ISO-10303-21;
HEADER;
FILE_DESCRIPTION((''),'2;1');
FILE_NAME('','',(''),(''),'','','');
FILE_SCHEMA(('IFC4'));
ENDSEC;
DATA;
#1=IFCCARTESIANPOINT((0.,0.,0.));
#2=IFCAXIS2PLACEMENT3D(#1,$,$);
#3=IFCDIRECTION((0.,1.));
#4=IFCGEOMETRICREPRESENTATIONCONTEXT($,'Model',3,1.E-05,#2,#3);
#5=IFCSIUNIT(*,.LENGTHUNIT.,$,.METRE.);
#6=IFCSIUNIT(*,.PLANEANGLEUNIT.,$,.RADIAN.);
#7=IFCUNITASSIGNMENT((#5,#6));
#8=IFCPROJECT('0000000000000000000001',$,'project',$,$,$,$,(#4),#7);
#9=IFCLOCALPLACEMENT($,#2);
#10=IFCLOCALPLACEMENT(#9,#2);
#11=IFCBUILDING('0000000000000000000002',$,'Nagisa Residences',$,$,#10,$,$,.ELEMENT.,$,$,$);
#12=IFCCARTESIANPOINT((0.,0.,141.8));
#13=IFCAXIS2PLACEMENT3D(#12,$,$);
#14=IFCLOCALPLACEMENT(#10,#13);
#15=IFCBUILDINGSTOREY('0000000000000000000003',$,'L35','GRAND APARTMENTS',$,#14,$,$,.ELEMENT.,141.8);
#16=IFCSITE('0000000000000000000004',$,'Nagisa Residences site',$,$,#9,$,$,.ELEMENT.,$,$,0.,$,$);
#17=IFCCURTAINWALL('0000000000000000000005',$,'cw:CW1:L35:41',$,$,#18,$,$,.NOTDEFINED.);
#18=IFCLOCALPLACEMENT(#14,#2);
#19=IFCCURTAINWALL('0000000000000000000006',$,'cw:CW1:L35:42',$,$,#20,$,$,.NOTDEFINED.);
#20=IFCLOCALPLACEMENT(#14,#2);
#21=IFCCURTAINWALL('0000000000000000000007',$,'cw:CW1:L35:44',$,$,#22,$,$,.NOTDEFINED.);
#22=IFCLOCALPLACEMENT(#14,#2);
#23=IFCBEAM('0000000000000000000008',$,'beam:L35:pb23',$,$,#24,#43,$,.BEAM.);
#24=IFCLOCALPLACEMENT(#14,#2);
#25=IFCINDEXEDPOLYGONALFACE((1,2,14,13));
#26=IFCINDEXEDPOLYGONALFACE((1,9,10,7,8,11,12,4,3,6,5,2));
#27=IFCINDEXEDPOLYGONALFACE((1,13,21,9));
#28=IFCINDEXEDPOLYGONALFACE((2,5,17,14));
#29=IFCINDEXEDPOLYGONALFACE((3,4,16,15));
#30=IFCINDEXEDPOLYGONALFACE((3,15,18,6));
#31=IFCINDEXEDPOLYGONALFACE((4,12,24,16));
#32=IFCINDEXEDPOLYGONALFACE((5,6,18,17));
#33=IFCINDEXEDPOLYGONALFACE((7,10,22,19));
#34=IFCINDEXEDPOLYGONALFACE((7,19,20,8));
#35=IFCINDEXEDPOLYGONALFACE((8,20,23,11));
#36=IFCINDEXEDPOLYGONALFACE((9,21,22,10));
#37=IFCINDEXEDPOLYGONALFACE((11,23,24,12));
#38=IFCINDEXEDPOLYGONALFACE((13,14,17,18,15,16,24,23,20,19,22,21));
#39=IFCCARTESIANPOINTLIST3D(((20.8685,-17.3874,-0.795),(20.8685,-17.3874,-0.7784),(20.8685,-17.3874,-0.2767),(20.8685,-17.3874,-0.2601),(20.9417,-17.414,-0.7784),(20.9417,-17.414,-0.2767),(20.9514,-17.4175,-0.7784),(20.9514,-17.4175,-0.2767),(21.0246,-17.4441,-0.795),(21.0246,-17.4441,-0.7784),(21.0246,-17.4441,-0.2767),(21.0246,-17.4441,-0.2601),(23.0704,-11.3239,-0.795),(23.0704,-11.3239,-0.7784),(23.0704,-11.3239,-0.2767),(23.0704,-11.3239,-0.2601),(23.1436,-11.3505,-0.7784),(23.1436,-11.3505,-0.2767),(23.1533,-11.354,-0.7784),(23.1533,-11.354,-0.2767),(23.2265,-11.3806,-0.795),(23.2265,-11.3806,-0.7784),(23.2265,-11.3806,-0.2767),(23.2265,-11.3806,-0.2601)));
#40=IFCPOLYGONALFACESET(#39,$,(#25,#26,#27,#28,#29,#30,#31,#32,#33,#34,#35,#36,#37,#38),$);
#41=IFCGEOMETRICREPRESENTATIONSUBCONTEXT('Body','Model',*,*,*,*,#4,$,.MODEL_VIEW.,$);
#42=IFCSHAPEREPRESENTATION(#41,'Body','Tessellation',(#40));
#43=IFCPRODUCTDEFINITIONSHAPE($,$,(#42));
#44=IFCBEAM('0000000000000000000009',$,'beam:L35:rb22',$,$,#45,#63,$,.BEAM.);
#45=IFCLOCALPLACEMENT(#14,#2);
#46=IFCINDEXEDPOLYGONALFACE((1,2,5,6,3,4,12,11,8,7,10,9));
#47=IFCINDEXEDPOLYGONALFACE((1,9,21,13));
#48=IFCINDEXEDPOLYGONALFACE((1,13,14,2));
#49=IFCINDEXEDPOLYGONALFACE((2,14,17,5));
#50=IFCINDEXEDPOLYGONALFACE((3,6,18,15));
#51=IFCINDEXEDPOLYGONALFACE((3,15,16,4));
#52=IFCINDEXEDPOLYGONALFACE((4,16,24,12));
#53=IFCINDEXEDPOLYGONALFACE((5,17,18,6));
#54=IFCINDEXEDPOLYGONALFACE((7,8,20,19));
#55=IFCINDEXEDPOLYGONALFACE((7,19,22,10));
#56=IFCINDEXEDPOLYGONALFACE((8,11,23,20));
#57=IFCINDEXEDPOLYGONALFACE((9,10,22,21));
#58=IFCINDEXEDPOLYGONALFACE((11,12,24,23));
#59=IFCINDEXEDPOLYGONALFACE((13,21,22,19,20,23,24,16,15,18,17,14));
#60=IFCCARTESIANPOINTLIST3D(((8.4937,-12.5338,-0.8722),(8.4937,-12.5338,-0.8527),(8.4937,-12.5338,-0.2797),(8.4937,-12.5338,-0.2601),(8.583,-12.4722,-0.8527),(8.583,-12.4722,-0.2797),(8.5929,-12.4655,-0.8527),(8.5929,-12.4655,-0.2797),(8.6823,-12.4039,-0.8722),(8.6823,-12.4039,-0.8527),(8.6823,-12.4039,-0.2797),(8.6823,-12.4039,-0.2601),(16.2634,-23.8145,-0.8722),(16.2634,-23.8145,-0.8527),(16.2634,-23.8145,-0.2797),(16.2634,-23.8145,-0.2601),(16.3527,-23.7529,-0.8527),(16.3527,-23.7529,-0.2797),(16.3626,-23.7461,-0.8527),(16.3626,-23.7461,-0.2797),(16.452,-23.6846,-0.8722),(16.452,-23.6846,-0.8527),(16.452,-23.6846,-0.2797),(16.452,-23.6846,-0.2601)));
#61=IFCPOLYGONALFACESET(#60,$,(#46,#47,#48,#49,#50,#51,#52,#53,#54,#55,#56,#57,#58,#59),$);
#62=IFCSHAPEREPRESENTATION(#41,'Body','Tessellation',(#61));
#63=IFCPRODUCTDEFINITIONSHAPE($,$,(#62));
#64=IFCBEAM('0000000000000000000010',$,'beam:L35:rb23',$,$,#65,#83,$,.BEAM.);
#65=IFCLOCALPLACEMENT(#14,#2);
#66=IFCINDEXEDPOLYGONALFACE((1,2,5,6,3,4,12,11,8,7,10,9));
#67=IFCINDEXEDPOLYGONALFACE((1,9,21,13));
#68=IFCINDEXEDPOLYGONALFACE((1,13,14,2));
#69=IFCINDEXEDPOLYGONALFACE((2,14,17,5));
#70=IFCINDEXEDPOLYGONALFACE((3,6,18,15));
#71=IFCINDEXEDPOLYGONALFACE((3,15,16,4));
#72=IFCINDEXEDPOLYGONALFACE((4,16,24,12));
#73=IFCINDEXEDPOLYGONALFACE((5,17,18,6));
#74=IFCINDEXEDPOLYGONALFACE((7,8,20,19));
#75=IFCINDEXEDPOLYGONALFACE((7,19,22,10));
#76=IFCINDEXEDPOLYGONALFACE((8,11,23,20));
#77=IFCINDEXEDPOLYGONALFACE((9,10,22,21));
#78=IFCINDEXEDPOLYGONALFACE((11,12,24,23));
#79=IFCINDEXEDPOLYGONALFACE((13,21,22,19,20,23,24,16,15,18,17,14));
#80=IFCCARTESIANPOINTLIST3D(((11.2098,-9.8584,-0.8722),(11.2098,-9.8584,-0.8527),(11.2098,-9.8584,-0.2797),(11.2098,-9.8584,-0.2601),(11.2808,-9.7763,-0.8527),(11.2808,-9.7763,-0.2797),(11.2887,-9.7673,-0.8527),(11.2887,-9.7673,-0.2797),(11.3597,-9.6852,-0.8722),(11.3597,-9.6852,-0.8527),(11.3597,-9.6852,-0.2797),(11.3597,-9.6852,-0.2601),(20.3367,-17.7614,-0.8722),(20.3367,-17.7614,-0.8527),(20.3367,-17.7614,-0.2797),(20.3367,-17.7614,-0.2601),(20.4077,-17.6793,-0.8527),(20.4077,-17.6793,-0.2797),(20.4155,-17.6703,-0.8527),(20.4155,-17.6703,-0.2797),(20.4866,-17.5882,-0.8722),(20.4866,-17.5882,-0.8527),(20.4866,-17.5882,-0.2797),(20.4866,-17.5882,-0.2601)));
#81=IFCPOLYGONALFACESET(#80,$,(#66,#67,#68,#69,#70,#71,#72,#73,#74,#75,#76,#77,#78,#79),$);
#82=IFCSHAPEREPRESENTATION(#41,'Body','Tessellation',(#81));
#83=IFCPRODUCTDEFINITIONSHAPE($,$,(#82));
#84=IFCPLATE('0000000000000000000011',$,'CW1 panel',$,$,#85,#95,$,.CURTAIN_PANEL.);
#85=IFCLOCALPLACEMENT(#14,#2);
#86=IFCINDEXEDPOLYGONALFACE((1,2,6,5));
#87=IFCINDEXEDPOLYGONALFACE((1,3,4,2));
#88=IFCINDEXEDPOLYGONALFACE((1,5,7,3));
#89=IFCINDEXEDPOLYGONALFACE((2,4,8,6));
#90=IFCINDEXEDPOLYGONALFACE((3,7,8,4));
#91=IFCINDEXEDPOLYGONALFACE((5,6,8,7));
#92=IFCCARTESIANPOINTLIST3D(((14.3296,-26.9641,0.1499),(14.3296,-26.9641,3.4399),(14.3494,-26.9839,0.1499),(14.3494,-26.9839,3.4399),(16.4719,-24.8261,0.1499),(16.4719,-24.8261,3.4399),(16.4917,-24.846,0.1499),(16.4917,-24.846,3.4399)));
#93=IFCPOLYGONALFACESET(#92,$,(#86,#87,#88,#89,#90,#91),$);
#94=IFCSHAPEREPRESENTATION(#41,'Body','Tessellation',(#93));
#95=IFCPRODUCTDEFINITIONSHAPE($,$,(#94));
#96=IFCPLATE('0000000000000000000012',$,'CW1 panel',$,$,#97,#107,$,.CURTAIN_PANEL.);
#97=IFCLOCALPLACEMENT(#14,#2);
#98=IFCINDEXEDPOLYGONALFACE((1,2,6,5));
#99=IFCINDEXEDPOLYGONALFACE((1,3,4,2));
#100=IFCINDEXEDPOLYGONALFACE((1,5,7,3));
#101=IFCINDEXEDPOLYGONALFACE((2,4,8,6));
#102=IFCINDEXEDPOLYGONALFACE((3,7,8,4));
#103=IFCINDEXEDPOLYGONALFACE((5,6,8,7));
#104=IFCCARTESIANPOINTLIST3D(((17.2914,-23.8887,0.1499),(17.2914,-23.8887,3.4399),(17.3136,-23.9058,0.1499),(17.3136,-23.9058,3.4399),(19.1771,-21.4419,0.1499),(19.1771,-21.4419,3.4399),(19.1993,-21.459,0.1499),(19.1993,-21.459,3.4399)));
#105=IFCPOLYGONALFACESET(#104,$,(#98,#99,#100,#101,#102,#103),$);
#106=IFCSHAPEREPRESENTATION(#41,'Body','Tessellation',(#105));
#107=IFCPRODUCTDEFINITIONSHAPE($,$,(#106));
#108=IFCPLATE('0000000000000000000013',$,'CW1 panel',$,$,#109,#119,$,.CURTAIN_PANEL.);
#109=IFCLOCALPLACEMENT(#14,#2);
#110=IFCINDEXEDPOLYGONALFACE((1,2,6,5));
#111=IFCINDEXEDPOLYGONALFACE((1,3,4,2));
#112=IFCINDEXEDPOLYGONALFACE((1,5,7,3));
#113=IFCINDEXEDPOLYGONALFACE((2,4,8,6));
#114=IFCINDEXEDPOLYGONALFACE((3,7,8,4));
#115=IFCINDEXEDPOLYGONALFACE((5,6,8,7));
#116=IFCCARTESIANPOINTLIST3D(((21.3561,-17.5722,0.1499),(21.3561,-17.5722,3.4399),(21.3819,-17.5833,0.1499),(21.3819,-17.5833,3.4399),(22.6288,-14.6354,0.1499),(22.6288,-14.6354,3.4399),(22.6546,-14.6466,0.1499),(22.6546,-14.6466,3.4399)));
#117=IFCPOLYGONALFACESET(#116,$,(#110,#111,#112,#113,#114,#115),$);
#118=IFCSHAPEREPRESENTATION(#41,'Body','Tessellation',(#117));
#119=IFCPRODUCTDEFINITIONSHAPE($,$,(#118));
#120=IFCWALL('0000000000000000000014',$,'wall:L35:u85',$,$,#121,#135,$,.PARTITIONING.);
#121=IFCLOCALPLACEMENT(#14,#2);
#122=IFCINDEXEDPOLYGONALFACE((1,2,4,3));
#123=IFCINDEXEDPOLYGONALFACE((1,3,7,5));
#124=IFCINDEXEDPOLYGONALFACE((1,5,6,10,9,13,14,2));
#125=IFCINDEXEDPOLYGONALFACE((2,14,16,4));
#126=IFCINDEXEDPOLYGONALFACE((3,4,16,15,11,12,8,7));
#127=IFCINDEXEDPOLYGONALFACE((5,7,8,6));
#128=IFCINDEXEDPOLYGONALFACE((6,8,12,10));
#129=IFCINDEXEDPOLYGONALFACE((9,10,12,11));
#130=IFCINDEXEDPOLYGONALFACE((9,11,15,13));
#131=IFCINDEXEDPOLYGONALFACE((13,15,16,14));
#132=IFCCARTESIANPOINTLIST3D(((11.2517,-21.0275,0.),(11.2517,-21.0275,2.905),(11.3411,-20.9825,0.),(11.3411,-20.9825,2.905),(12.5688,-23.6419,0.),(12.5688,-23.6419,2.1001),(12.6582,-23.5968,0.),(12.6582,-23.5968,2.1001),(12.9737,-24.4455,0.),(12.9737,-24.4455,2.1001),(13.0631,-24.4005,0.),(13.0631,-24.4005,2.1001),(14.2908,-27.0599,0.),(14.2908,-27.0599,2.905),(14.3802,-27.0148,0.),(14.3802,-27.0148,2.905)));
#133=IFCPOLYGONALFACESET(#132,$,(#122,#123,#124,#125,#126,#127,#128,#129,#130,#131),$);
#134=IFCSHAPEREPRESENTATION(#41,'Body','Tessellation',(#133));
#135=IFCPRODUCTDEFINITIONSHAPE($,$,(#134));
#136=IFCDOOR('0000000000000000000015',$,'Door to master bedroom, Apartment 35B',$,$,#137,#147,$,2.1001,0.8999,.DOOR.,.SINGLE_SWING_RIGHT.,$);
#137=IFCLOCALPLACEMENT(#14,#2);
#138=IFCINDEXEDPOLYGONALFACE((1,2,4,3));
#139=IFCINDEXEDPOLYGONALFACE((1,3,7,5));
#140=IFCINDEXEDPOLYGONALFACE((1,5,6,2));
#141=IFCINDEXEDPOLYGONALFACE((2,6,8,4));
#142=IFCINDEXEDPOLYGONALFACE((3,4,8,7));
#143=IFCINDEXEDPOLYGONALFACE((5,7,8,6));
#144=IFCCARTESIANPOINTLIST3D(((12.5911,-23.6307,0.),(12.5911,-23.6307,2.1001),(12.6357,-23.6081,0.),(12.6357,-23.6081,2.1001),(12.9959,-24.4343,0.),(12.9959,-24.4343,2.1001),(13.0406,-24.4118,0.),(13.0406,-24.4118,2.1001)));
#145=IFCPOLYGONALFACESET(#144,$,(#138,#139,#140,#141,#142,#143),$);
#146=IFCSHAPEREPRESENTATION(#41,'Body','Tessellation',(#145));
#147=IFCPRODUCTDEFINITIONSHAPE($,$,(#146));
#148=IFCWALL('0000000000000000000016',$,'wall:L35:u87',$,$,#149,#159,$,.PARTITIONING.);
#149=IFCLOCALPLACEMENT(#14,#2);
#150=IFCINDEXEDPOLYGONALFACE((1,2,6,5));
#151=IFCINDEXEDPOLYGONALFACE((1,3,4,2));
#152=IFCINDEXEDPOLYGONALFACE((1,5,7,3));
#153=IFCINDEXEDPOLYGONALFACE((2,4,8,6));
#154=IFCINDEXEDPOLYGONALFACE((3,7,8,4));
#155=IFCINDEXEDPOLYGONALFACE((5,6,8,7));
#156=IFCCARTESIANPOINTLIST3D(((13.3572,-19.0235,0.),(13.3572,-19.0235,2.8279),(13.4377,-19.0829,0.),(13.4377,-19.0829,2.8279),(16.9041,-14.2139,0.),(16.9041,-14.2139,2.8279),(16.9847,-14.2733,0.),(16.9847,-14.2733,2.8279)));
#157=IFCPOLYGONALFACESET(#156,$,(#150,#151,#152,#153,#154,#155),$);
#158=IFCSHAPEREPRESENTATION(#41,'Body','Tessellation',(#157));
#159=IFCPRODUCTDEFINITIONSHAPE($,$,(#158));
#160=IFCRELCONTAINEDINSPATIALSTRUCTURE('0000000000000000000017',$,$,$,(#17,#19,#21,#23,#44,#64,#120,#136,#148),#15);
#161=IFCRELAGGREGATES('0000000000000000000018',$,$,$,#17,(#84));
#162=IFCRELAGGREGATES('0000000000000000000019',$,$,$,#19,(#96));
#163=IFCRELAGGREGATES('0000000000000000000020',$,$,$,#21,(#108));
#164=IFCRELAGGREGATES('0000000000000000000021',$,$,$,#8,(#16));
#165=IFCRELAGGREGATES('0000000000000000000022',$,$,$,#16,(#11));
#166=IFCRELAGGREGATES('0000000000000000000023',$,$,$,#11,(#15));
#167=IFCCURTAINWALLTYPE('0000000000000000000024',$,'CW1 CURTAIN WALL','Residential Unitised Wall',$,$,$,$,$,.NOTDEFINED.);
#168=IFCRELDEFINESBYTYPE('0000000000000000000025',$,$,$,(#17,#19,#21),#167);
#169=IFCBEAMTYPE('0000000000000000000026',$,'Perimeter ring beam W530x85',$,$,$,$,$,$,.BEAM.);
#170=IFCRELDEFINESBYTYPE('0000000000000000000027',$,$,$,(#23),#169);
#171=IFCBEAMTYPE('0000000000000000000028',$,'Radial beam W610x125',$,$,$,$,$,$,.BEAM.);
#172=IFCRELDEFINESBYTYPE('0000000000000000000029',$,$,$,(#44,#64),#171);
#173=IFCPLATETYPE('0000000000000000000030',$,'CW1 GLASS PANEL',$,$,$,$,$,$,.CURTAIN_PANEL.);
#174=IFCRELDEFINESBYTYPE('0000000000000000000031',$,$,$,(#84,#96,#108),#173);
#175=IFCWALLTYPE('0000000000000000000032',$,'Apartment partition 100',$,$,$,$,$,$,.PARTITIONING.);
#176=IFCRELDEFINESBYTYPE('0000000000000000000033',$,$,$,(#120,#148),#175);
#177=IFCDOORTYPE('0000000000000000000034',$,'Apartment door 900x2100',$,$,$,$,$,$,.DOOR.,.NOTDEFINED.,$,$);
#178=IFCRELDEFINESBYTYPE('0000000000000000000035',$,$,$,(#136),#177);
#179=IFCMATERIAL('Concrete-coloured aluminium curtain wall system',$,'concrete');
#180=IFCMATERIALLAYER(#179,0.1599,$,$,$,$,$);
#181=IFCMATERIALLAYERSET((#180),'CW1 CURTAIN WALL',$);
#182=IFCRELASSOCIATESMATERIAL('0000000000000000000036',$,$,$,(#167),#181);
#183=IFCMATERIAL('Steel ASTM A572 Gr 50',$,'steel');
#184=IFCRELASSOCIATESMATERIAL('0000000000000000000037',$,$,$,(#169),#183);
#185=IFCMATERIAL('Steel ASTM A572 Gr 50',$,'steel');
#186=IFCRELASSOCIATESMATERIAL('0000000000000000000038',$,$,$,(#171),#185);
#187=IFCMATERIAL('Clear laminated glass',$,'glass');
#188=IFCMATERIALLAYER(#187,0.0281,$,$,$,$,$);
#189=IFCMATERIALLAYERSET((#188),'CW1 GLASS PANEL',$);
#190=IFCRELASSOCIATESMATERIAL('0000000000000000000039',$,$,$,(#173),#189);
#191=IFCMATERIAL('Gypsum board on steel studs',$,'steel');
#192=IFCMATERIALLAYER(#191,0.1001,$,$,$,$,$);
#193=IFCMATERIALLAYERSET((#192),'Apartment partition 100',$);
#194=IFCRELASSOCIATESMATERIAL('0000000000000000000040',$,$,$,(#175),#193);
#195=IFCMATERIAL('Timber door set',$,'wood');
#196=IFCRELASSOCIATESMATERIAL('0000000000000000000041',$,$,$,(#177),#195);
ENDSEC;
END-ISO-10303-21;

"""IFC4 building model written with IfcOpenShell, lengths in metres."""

from ifc_helpers import new_model, si_unit, direction, frame, frame_2d, origin, origin_2d, place, context, subcontext, project, spatial, rectangle, i_section, extrude, material, layer, layer_set, material_profile, profile_set, type_object, element, fill, aggregate, save


model = new_model("IFC4")

# Units and contexts
model_context = context("Model", 3, precision=1e-05, world=origin(), true_north=direction((0.0, 1.0)))
body_context = subcontext(model_context, "Body", "Model", "MODEL_VIEW")
ifc_project = project(units=[si_unit("LENGTHUNIT", "METRE"), si_unit("PLANEANGLEUNIT", "RADIAN")], contexts=[model_context])

# Site, building, storey
site_placement = place(None, origin())
site = spatial("IfcSite", under=ifc_project, at=site_placement, Name="Nagisa Residences site", CompositionType="ELEMENT", RefElevation=0.0)
building_placement = place(site_placement, origin())
building = spatial("IfcBuilding", under=site, at=building_placement, Name="Nagisa Residences", CompositionType="ELEMENT")
storey_placement = place(building_placement, frame((0.0, 0.0, 141.8)))
storey = spatial("IfcBuildingStorey", under=building, at=storey_placement, Name="L35", Description="GRAND APARTMENTS", CompositionType="ELEMENT", Elevation=141.8)

# Curtain walls
ifc_material_1 = material(Name="Concrete-coloured aluminium curtain wall system", Category="concrete")
ifc_layer_1 = layer(ifc_material_1, 0.1599)
ifc_layer_set_1 = layer_set([ifc_layer_1], Name="CW1 CURTAIN WALL")
curtain_wall_type = type_object("IfcCurtainWallType", Name="CW1 CURTAIN WALL", Description="Residential Unitised Wall", PredefinedType="NOTDEFINED", material=ifc_layer_set_1)
curtain_wall_1_placement = place(storey_placement, origin())
curtain_wall_1 = element("IfcCurtainWall", 1, at=curtain_wall_1_placement, inside=storey, type_object=curtain_wall_type, Name="cw:CW1:L35:41", PredefinedType="NOTDEFINED")
curtain_wall_2_placement = place(storey_placement, origin())
curtain_wall_2 = element("IfcCurtainWall", 2, at=curtain_wall_2_placement, inside=storey, type_object=curtain_wall_type, Name="cw:CW1:L35:42", PredefinedType="NOTDEFINED")
curtain_wall_3_placement = place(storey_placement, origin())
curtain_wall_3 = element("IfcCurtainWall", 3, at=curtain_wall_3_placement, inside=storey, type_object=curtain_wall_type, Name="cw:CW1:L35:44", PredefinedType="NOTDEFINED")

# Beams
ifc_material_2 = material(Name="Steel ASTM A572 Gr 50", Category="steel")
ifc_material_profile_1 = material_profile(ifc_material_2, i_section(OverallWidth=0.166, OverallDepth=0.5349, WebThickness=0.0103, FlangeThickness=0.0166, at=origin_2d()), Name="W530x85")
ifc_profile_set_1 = profile_set([ifc_material_profile_1], Name="Steel ASTM A572 Gr 50")
beam_type_1 = type_object("IfcBeamType", Name="Perimeter ring beam W530x85", PredefinedType="BEAM", material=ifc_profile_set_1)
beam_1_placement = place(storey_placement, frame((20.9465, -17.4158, -0.5276), z_axis=(0.341333, 0.939943, 0.0), x_axis=(-0.939943, 0.341333, 0.0)))
element("IfcBeam", 4, at=beam_1_placement, inside=storey, type_object=beam_type_1, Name="beam:L35:pb23", PredefinedType="BEAM", context=body_context, shape_type="SweptSolid", body=[
    extrude(i_section(OverallWidth=0.166, OverallDepth=0.5349, WebThickness=0.0103, FlangeThickness=0.0166, at=origin_2d()), origin(), (0.0, 0.0, 1.0), 6.4509),
])
ifc_material_3 = material(Name="Steel ASTM A572 Gr 50", Category="steel")
ifc_material_profile_2 = material_profile(ifc_material_3, i_section(OverallWidth=0.229, OverallDepth=0.6121, WebThickness=0.012, FlangeThickness=0.0195, at=origin_2d()), Name="W610x125")
ifc_profile_set_2 = profile_set([ifc_material_profile_2], Name="Steel ASTM A572 Gr 50")
beam_type_2 = type_object("IfcBeamType", Name="Radial beam W610x125", PredefinedType="BEAM", material=ifc_profile_set_2)
beam_2_placement = place(storey_placement, frame((16.3577, -23.7495, -0.5662), z_axis=(-0.567235, 0.823556, 0.0), x_axis=(-0.823556, -0.567235, 0.0)))
element("IfcBeam", 5, at=beam_2_placement, inside=storey, type_object=beam_type_2, Name="beam:L35:rb22", PredefinedType="BEAM", context=body_context, shape_type="SweptSolid", body=[
    extrude(i_section(OverallWidth=0.229, OverallDepth=0.6121, WebThickness=0.012, FlangeThickness=0.0195, at=origin_2d()), origin(), (0.0, 0.0, 1.0), 13.6975),
])
beam_3_placement = place(storey_placement, frame((20.4116, -17.6748, -0.5662), z_axis=(-0.755974, 0.654602, 0.0), x_axis=(-0.654602, -0.755974, 0.0)))
element("IfcBeam", 6, at=beam_3_placement, inside=storey, type_object=beam_type_2, Name="beam:L35:rb23", PredefinedType="BEAM", context=body_context, shape_type="SweptSolid", body=[
    extrude(i_section(OverallWidth=0.229, OverallDepth=0.6121, WebThickness=0.012, FlangeThickness=0.0195, at=origin_2d()), origin(), (0.0, 0.0, 1.0), 12.073),
])

# Plates
ifc_material_4 = material(Name="Clear laminated glass", Category="glass")
ifc_layer_2 = layer(ifc_material_4, 0.0281)
ifc_layer_set_2 = layer_set([ifc_layer_2], Name="CW1 GLASS PANEL")
plate_type = type_object("IfcPlateType", Name="CW1 GLASS PANEL", PredefinedType="CURTAIN_PANEL", material=ifc_layer_set_2)
plate_1_placement = place(storey_placement, frame((15.4106, -25.905, 0.1499), z_axis=(0.0, 0.0, 1.0), x_axis=(0.707836, 0.706377, 0.0)))
plate_1 = element("IfcPlate", 7, at=plate_1_placement, type_object=plate_type, Name="CW1 panel", PredefinedType="CURTAIN_PANEL", context=body_context, shape_type="SweptSolid", body=[
    extrude(rectangle(XDim=3.0266, YDim=0.0281, at=origin_2d()), origin(), (0.0, 0.0, 1.0), 3.29),
])
aggregate(curtain_wall_1, [plate_1])
plate_2_placement = place(storey_placement, frame((18.2454, -22.6738, 0.1499), z_axis=(0.0, 0.0, 1.0), x_axis=(0.61043, 0.79207, 0.0)))
plate_2 = element("IfcPlate", 8, at=plate_2_placement, type_object=plate_type, Name="CW1 panel", PredefinedType="CURTAIN_PANEL", context=body_context, shape_type="SweptSolid", body=[
    extrude(rectangle(XDim=3.0891, YDim=0.0281, at=origin_2d()), origin(), (0.0, 0.0, 1.0), 3.29),
])
aggregate(curtain_wall_2, [plate_2])
plate_3_placement = place(storey_placement, frame((22.0054, -16.1094, 0.1499), z_axis=(0.0, 0.0, 1.0), x_axis=(0.397636, 0.917543, 0.0)))
plate_3 = element("IfcPlate", 9, at=plate_3_placement, type_object=plate_type, Name="CW1 panel", PredefinedType="CURTAIN_PANEL", context=body_context, shape_type="SweptSolid", body=[
    extrude(rectangle(XDim=3.2007, YDim=0.0281, at=origin_2d()), origin(), (0.0, 0.0, 1.0), 3.29),
])
aggregate(curtain_wall_3, [plate_3])

# Wall, opening, door
ifc_material_5 = material(Name="Gypsum board on steel studs", Category="steel")
ifc_layer_3 = layer(ifc_material_5, 0.1001)
ifc_layer_set_3 = layer_set([ifc_layer_3], Name="Apartment partition 100")
wall_type_1 = type_object("IfcWallType", Name="Apartment partition 100", PredefinedType="PARTITIONING", material=ifc_layer_set_3)
wall_1_placement = place(storey_placement, frame((11.2964, -21.0049, 0.0), z_axis=(0.0, 0.0, 1.0), x_axis=(0.449915, -0.893071, 0.0)))
wall_1 = element("IfcWall", 10, at=wall_1_placement, inside=storey, type_object=wall_type_1, Name="wall:L35:u85", PredefinedType="PARTITIONING", context=body_context, shape_type="SweptSolid", body=[
    extrude(rectangle(XDim=6.7546, YDim=0.1001, at=frame_2d((3.3774, 0.0))), origin(), (0.0, 0.0, 1.0), 2.905),
])
opening_1_placement = place(wall_1_placement, frame((2.9275, 0.0, 0.0)))
opening_1 = element("IfcOpeningElement", 11, at=opening_1_placement, cuts=wall_1, PredefinedType="OPENING", context=body_context, shape_type="SweptSolid", body=[
    extrude(rectangle(XDim=0.8999, YDim=2.1001, at=frame_2d((0.45, 1.05))), frame((0.0, 0.0601, 0.0), z_axis=(0.0, -1.0, 0.0), x_axis=(1.0, 0.0, 0.0)), (0.0, 0.0, 1.0), 0.1201),
])
ifc_material_6 = material(Name="Timber door set", Category="wood")
door_type_1 = type_object("IfcDoorType", Name="Apartment door 900x2100", OperationType="NOTDEFINED", PredefinedType="DOOR", material=ifc_material_6)
door_1_placement = place(opening_1_placement, origin())
door_1 = element("IfcDoor", 12, at=door_1_placement, inside=storey, type_object=door_type_1, Name="Door to master bedroom, Apartment 35B", OperationType="SINGLE_SWING_RIGHT", OverallHeight=2.1001, OverallWidth=0.8999, PredefinedType="DOOR", context=body_context, shape_type="SweptSolid", body=[
    extrude(rectangle(XDim=0.8999, YDim=2.1001, at=frame_2d((0.45, 1.05))), frame((0.0, 0.0249, 0.0), z_axis=(0.0, -1.0, 0.0), x_axis=(1.0, 0.0, 0.0)), (0.0, 0.0, 1.0), 0.05),
])
fill(opening_1, door_1)

# Wall
wall_2_placement = place(storey_placement, frame((13.3975, -19.0532, 0.0), z_axis=(0.0, 0.0, 1.0), x_axis=(0.593522, 0.804818, 0.0)))
element("IfcWall", 13, at=wall_2_placement, inside=storey, type_object=wall_type_1, Name="wall:L35:u87", PredefinedType="PARTITIONING", context=body_context, shape_type="SweptSolid", body=[
    extrude(rectangle(XDim=5.9761, YDim=0.1001, at=frame_2d((2.988, 0.0))), origin(), (0.0, 0.0, 1.0), 2.8279),
])

save(model, "model.ifc")
